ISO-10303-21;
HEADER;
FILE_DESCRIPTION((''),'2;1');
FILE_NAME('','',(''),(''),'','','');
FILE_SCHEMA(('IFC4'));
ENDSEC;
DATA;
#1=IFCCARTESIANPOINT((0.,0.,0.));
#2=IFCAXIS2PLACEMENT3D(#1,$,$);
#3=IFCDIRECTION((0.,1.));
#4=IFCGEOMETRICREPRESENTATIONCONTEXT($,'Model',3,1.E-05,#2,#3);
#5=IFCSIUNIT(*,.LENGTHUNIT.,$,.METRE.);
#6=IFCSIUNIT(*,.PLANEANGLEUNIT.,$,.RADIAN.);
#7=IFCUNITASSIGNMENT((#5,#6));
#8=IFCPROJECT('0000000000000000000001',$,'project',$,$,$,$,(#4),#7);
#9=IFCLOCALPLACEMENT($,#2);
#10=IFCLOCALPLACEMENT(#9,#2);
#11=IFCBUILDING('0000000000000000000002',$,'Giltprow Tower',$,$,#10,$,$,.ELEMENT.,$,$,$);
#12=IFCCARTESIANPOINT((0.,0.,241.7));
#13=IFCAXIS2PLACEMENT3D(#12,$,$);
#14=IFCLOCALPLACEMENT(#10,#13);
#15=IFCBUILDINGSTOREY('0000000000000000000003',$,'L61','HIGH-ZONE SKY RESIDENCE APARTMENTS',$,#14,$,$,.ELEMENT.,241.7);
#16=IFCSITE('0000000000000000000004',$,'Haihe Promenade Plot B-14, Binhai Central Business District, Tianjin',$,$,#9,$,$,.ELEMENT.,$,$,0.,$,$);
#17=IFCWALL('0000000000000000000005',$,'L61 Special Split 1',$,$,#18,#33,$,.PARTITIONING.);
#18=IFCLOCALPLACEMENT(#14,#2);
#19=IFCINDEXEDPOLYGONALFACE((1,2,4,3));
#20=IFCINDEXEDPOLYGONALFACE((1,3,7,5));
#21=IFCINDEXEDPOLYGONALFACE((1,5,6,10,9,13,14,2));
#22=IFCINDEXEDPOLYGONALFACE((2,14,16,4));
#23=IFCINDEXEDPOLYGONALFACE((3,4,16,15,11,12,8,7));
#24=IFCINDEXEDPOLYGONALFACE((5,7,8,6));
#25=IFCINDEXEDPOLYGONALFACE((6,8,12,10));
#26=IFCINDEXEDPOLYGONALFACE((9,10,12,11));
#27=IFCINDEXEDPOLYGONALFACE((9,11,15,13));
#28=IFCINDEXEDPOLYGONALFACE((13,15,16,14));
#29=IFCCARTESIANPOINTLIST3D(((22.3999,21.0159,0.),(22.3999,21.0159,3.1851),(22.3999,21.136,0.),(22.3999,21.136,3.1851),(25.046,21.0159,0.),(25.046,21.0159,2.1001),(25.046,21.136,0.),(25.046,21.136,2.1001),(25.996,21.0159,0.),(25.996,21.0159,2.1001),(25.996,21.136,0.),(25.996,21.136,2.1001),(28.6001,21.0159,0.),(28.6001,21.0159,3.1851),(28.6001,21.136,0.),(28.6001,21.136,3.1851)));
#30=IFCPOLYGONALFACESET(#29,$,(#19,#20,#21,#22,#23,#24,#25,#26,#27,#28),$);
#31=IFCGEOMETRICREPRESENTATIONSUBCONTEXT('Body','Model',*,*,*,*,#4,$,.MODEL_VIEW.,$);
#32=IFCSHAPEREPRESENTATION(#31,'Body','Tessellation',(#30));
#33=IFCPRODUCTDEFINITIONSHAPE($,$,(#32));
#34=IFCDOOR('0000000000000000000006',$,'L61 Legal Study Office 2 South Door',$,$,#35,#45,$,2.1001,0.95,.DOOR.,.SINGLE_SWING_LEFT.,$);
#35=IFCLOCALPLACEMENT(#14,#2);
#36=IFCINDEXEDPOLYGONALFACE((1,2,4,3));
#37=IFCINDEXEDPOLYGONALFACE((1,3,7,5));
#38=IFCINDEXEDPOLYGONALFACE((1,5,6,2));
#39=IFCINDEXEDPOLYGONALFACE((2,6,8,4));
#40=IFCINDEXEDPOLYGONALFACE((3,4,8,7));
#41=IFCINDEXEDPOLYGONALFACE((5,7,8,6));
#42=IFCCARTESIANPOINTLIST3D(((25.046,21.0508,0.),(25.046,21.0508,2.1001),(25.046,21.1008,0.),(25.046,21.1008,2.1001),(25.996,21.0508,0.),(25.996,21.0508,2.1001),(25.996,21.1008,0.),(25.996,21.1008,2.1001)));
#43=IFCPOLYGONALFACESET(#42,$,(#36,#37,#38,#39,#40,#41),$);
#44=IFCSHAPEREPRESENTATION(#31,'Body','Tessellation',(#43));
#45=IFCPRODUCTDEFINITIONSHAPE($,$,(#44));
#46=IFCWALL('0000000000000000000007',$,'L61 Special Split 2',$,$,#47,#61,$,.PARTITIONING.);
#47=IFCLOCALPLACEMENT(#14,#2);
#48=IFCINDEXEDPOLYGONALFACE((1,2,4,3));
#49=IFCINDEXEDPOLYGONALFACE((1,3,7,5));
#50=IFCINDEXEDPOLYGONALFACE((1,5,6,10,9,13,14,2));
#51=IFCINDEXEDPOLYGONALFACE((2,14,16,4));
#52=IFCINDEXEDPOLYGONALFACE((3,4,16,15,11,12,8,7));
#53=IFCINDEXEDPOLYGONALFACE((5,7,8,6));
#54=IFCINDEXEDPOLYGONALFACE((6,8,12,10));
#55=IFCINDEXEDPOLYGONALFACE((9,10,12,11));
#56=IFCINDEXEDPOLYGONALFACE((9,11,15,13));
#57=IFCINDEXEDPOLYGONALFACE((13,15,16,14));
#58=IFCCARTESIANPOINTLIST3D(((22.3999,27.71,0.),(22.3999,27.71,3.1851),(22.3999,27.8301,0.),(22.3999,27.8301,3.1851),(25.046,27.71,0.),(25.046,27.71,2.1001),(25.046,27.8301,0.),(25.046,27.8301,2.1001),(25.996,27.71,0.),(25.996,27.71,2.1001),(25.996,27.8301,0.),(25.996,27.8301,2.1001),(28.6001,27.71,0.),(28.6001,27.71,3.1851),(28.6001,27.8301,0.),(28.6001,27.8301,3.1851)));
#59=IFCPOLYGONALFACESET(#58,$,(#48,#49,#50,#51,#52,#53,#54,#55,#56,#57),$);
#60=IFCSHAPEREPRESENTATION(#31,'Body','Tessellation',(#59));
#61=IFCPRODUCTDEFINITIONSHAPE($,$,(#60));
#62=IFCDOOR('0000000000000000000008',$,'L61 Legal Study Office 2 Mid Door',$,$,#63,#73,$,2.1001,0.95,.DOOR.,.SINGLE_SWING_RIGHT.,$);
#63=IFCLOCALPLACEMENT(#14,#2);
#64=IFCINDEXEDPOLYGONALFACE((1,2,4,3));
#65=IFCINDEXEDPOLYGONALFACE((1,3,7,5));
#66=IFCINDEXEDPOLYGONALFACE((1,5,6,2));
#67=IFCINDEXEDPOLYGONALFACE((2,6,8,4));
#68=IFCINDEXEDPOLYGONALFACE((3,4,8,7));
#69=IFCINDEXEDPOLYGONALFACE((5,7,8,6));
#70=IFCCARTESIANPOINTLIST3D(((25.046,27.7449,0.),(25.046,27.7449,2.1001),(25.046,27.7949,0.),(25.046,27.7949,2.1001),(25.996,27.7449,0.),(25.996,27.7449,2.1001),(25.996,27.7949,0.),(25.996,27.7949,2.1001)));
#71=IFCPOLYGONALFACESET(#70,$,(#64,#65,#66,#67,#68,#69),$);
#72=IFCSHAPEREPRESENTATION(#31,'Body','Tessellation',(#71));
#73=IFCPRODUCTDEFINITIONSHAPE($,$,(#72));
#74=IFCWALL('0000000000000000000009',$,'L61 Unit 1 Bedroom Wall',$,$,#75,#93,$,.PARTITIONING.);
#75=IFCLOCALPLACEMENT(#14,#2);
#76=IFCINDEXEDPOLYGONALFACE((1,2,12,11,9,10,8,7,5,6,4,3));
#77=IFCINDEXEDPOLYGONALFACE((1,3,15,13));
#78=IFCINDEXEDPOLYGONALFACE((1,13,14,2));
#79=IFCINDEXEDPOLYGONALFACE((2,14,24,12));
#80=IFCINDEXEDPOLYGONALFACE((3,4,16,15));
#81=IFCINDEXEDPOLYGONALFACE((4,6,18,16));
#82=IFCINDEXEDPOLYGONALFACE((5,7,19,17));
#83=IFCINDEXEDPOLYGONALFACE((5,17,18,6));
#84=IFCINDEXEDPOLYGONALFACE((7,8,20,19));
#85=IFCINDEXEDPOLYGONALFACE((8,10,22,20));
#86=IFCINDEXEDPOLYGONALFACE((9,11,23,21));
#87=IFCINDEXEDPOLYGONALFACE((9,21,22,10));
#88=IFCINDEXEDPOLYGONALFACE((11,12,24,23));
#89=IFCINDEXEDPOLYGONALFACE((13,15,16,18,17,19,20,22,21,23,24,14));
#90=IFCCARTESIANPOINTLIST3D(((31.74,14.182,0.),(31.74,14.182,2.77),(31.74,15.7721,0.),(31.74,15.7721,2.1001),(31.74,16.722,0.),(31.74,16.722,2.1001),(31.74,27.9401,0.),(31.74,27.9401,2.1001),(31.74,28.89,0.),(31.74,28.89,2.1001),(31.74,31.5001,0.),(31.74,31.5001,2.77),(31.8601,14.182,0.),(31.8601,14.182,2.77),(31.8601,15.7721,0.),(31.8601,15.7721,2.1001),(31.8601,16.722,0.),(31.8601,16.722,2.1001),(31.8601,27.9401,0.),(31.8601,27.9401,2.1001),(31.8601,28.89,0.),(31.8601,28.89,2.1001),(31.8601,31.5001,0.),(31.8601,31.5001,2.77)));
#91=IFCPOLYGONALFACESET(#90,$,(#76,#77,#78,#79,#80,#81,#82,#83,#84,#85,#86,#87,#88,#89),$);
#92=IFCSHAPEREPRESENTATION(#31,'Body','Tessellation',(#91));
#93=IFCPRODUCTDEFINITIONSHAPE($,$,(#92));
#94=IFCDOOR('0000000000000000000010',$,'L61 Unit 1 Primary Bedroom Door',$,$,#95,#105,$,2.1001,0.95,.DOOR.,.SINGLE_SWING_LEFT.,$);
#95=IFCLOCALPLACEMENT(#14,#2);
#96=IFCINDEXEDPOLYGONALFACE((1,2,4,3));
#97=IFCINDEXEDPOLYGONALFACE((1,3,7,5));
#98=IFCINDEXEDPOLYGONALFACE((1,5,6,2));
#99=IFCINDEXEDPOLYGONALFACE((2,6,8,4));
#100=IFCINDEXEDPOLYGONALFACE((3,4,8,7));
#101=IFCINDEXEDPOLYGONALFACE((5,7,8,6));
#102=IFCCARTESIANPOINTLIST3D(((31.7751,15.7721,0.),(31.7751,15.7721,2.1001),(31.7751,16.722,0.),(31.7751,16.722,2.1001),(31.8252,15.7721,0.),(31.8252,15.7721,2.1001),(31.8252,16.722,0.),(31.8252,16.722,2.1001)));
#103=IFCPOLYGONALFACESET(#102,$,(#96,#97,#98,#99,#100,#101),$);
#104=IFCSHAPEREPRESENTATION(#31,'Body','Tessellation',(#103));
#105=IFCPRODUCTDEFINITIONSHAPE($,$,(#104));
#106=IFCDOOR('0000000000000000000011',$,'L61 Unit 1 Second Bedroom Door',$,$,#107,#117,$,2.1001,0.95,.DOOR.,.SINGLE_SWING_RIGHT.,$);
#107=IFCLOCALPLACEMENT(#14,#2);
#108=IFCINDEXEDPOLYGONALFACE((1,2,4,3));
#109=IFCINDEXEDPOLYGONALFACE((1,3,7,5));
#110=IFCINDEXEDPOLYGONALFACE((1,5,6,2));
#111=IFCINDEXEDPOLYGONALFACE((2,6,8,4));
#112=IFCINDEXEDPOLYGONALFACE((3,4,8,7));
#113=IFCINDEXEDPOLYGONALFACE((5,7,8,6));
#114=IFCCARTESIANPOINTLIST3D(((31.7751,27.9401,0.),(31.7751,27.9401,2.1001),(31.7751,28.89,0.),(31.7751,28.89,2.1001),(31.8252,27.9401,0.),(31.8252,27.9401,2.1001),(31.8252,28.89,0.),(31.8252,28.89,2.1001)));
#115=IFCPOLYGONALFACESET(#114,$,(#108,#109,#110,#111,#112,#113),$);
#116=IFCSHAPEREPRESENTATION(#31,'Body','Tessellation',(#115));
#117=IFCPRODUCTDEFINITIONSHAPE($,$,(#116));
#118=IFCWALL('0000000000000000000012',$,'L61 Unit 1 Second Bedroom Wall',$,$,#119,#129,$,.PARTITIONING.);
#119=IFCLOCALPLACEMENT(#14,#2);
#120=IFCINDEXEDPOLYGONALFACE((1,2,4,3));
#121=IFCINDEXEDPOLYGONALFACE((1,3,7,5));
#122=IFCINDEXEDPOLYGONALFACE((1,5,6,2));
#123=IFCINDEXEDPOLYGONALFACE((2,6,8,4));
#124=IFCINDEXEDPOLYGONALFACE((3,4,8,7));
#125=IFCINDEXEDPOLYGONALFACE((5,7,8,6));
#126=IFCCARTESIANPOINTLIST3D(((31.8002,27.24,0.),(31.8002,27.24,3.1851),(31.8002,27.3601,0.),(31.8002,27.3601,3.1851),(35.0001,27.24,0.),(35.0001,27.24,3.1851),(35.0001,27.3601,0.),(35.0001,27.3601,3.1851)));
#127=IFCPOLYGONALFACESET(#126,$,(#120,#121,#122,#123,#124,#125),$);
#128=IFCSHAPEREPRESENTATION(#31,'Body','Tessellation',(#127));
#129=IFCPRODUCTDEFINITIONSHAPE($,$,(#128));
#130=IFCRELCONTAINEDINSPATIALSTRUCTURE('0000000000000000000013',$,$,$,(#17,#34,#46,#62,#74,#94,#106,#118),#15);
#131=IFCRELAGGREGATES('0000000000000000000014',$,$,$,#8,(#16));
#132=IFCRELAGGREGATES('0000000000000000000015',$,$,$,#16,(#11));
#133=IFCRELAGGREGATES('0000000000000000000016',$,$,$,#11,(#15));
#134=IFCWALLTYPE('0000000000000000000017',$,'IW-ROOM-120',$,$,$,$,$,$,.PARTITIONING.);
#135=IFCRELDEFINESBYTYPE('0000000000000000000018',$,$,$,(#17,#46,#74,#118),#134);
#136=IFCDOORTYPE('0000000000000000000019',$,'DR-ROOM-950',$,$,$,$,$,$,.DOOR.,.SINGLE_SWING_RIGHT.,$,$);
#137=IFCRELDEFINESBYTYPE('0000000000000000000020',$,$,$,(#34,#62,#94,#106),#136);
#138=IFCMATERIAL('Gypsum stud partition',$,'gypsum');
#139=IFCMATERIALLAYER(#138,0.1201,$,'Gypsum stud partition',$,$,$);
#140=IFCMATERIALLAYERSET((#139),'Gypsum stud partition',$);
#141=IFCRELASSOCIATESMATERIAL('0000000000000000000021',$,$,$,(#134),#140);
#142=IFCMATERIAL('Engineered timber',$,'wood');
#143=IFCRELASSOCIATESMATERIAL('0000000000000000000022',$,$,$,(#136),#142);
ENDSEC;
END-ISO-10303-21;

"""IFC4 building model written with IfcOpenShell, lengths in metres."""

from ifc_helpers import new_model, si_unit, direction, frame, frame_2d, origin, place, context, subcontext, project, spatial, rectangle, extrude, source, transform, mapped, material, layer, layer_set, type_object, element, fill, save


model = new_model("IFC4")

# Units and contexts
model_context = context("Model", 3, precision=1e-05, world=origin(), true_north=direction((0.0, 1.0)))
body_context = subcontext(model_context, "Body", "Model", "MODEL_VIEW")
ifc_project = project(units=[si_unit("LENGTHUNIT", "METRE"), si_unit("PLANEANGLEUNIT", "RADIAN")], contexts=[model_context])

# Site, building, storey
site_placement = place(None, origin())
site = spatial("IfcSite", under=ifc_project, at=site_placement, Name="Haihe Promenade Plot B-14, Binhai Central Business District, Tianjin", CompositionType="ELEMENT", RefElevation=0.0)
building_placement = place(site_placement, origin())
building = spatial("IfcBuilding", under=site, at=building_placement, Name="Giltprow Tower", CompositionType="ELEMENT")
storey_placement = place(building_placement, frame((0.0, 0.0, 241.7)))
storey = spatial("IfcBuildingStorey", under=building, at=storey_placement, Name="L61", Description="HIGH-ZONE SKY RESIDENCE APARTMENTS", CompositionType="ELEMENT", Elevation=241.7)

# Shared definitions
ifc_material_1 = material(Name="Gypsum stud partition", Category="gypsum")

# Walls, openings, doors
ifc_layer_1 = layer(ifc_material_1, 0.1201, Name="Gypsum stud partition")
ifc_layer_set_1 = layer_set([ifc_layer_1], Name="Gypsum stud partition")
wall_type_1 = type_object("IfcWallType", Name="IW-ROOM-120", PredefinedType="PARTITIONING", material=ifc_layer_set_1)
wall_1_placement = place(storey_placement, frame((22.3999, 21.0759, 0.0), z_axis=(0.0, 0.0, 1.0), x_axis=(1.0, 0.0, 0.0)))
wall_1 = element("IfcWall", 1, at=wall_1_placement, inside=storey, type_object=wall_type_1, Name="L61 Special Split 1", PredefinedType="PARTITIONING", context=body_context, shape_type="SweptSolid", body=[
    extrude(rectangle(XDim=6.2002, YDim=0.1201, at=frame_2d((3.1001, 0.0))), origin(), (0.0, 0.0, 1.0), 3.1851),
])
opening_1_placement = place(wall_1_placement, frame((2.646, 0.0, 0.0)))
opening_1 = element("IfcOpeningElement", 2, at=opening_1_placement, cuts=wall_1, PredefinedType="OPENING", context=body_context, shape_type="SweptSolid", body=[
    extrude(rectangle(XDim=0.95, YDim=2.1001, at=frame_2d((0.4751, 1.05))), frame((0.0, 0.0701, 0.0), z_axis=(0.0, -1.0, 0.0), x_axis=(1.0, 0.0, 0.0)), (0.0, 0.0, 1.0), 0.1401),
])
ifc_material_2 = material(Name="Engineered timber", Category="wood")
door_type_1 = type_object("IfcDoorType", Name="DR-ROOM-950", OperationType="SINGLE_SWING_RIGHT", PredefinedType="DOOR", material=ifc_material_2)
shared_shape_1 = source(origin(), body_context, "Body", "SweptSolid", [
    extrude(rectangle(XDim=0.95, YDim=2.1001, at=frame_2d((0.4751, 1.05))), frame((0.0, 0.0249, 0.0), z_axis=(0.0, -1.0, 0.0), x_axis=(1.0, 0.0, 0.0)), (0.0, 0.0, 1.0), 0.05),
])
door_1_placement = place(opening_1_placement, origin())
door_1 = element("IfcDoor", 3, at=door_1_placement, inside=storey, type_object=door_type_1, Name="L61 Legal Study Office 2 South Door", OperationType="SINGLE_SWING_LEFT", OverallHeight=2.1001, OverallWidth=0.95, PredefinedType="DOOR", context=body_context, shape_type="MappedRepresentation", body=[
    mapped(shared_shape_1, transform((0.0, 0.0, 0.0), x_axis=(1.0, 0.0, 0.0), y_axis=(0.0, 1.0, 0.0), z_axis=(0.0, 0.0, 1.0), scale=1.0)),
])
fill(opening_1, door_1)
wall_2_placement = place(storey_placement, frame((22.3999, 27.77, 0.0), z_axis=(0.0, 0.0, 1.0), x_axis=(1.0, 0.0, 0.0)))
wall_2 = element("IfcWall", 4, at=wall_2_placement, inside=storey, type_object=wall_type_1, Name="L61 Special Split 2", PredefinedType="PARTITIONING", context=body_context, shape_type="SweptSolid", body=[
    extrude(rectangle(XDim=6.2002, YDim=0.1201, at=frame_2d((3.1001, 0.0))), origin(), (0.0, 0.0, 1.0), 3.1851),
])
opening_2_placement = place(wall_2_placement, frame((2.646, 0.0, 0.0)))
opening_2 = element("IfcOpeningElement", 5, at=opening_2_placement, cuts=wall_2, PredefinedType="OPENING", context=body_context, shape_type="SweptSolid", body=[
    extrude(rectangle(XDim=0.95, YDim=2.1001, at=frame_2d((0.4751, 1.05))), frame((0.0, 0.0701, 0.0), z_axis=(0.0, -1.0, 0.0), x_axis=(1.0, 0.0, 0.0)), (0.0, 0.0, 1.0), 0.1401),
])
door_2_placement = place(opening_2_placement, origin())
door_2 = element("IfcDoor", 6, at=door_2_placement, inside=storey, type_object=door_type_1, Name="L61 Legal Study Office 2 Mid Door", OperationType="SINGLE_SWING_RIGHT", OverallHeight=2.1001, OverallWidth=0.95, PredefinedType="DOOR", context=body_context, shape_type="MappedRepresentation", body=[
    mapped(shared_shape_1, transform((0.0, 0.0, 0.0), x_axis=(1.0, 0.0, 0.0), y_axis=(0.0, 1.0, 0.0), z_axis=(0.0, 0.0, 1.0), scale=1.0)),
])
fill(opening_2, door_2)

# Wall, openings, doors
wall_3_placement = place(storey_placement, frame((31.8, 14.1819, 0.0), z_axis=(0.0, 0.0, 1.0), x_axis=(0.0, 1.0, 0.0)))
wall_3 = element("IfcWall", 7, at=wall_3_placement, inside=storey, type_object=wall_type_1, Name="L61 Unit 1 Bedroom Wall", PredefinedType="PARTITIONING", context=body_context, shape_type="SweptSolid", body=[
    extrude(rectangle(XDim=17.3181, YDim=0.1201, at=frame_2d((8.6592, 0.0))), origin(), (0.0, 0.0, 1.0), 2.77),
])
opening_3_placement = place(wall_3_placement, frame((1.5901, 0.0, 0.0)))
opening_3 = element("IfcOpeningElement", 8, at=opening_3_placement, cuts=wall_3, PredefinedType="OPENING", context=body_context, shape_type="SweptSolid", body=[
    extrude(rectangle(XDim=0.95, YDim=2.1001, at=frame_2d((0.4751, 1.05))), frame((0.0, 0.0701, 0.0), z_axis=(0.0, -1.0, 0.0), x_axis=(1.0, 0.0, 0.0)), (0.0, 0.0, 1.0), 0.1401),
])
opening_4_placement = place(wall_3_placement, frame((13.7581, 0.0, 0.0)))
opening_4 = element("IfcOpeningElement", 9, at=opening_4_placement, cuts=wall_3, PredefinedType="OPENING", context=body_context, shape_type="SweptSolid", body=[
    extrude(rectangle(XDim=0.95, YDim=2.1001, at=frame_2d((0.4751, 1.05))), frame((0.0, 0.0701, 0.0), z_axis=(0.0, -1.0, 0.0), x_axis=(1.0, 0.0, 0.0)), (0.0, 0.0, 1.0), 0.1401),
])
door_3_placement = place(opening_3_placement, origin())
door_3 = element("IfcDoor", 10, at=door_3_placement, inside=storey, type_object=door_type_1, Name="L61 Unit 1 Primary Bedroom Door", OperationType="SINGLE_SWING_LEFT", OverallHeight=2.1001, OverallWidth=0.95, PredefinedType="DOOR", context=body_context, shape_type="MappedRepresentation", body=[
    mapped(shared_shape_1, transform((0.0, 0.0, 0.0), x_axis=(1.0, 0.0, 0.0), y_axis=(0.0, 1.0, 0.0), z_axis=(0.0, 0.0, 1.0), scale=1.0)),
])
fill(opening_3, door_3)
door_4_placement = place(opening_4_placement, origin())
door_4 = element("IfcDoor", 11, at=door_4_placement, inside=storey, type_object=door_type_1, Name="L61 Unit 1 Second Bedroom Door", OperationType="SINGLE_SWING_RIGHT", OverallHeight=2.1001, OverallWidth=0.95, PredefinedType="DOOR", context=body_context, shape_type="MappedRepresentation", body=[
    mapped(shared_shape_1, transform((0.0, 0.0, 0.0), x_axis=(1.0, 0.0, 0.0), y_axis=(0.0, 1.0, 0.0), z_axis=(0.0, 0.0, 1.0), scale=1.0)),
])
fill(opening_4, door_4)

# Wall
wall_4_placement = place(storey_placement, frame((31.8, 27.3, 0.0), z_axis=(0.0, 0.0, 1.0), x_axis=(1.0, 0.0, 0.0)))
element("IfcWall", 12, at=wall_4_placement, inside=storey, type_object=wall_type_1, Name="L61 Unit 1 Second Bedroom Wall", PredefinedType="PARTITIONING", context=body_context, shape_type="SweptSolid", body=[
    extrude(rectangle(XDim=3.2, YDim=0.1201, at=frame_2d((1.6001, 0.0))), origin(), (0.0, 0.0, 1.0), 3.1851),
])

save(model, "model.ifc")
